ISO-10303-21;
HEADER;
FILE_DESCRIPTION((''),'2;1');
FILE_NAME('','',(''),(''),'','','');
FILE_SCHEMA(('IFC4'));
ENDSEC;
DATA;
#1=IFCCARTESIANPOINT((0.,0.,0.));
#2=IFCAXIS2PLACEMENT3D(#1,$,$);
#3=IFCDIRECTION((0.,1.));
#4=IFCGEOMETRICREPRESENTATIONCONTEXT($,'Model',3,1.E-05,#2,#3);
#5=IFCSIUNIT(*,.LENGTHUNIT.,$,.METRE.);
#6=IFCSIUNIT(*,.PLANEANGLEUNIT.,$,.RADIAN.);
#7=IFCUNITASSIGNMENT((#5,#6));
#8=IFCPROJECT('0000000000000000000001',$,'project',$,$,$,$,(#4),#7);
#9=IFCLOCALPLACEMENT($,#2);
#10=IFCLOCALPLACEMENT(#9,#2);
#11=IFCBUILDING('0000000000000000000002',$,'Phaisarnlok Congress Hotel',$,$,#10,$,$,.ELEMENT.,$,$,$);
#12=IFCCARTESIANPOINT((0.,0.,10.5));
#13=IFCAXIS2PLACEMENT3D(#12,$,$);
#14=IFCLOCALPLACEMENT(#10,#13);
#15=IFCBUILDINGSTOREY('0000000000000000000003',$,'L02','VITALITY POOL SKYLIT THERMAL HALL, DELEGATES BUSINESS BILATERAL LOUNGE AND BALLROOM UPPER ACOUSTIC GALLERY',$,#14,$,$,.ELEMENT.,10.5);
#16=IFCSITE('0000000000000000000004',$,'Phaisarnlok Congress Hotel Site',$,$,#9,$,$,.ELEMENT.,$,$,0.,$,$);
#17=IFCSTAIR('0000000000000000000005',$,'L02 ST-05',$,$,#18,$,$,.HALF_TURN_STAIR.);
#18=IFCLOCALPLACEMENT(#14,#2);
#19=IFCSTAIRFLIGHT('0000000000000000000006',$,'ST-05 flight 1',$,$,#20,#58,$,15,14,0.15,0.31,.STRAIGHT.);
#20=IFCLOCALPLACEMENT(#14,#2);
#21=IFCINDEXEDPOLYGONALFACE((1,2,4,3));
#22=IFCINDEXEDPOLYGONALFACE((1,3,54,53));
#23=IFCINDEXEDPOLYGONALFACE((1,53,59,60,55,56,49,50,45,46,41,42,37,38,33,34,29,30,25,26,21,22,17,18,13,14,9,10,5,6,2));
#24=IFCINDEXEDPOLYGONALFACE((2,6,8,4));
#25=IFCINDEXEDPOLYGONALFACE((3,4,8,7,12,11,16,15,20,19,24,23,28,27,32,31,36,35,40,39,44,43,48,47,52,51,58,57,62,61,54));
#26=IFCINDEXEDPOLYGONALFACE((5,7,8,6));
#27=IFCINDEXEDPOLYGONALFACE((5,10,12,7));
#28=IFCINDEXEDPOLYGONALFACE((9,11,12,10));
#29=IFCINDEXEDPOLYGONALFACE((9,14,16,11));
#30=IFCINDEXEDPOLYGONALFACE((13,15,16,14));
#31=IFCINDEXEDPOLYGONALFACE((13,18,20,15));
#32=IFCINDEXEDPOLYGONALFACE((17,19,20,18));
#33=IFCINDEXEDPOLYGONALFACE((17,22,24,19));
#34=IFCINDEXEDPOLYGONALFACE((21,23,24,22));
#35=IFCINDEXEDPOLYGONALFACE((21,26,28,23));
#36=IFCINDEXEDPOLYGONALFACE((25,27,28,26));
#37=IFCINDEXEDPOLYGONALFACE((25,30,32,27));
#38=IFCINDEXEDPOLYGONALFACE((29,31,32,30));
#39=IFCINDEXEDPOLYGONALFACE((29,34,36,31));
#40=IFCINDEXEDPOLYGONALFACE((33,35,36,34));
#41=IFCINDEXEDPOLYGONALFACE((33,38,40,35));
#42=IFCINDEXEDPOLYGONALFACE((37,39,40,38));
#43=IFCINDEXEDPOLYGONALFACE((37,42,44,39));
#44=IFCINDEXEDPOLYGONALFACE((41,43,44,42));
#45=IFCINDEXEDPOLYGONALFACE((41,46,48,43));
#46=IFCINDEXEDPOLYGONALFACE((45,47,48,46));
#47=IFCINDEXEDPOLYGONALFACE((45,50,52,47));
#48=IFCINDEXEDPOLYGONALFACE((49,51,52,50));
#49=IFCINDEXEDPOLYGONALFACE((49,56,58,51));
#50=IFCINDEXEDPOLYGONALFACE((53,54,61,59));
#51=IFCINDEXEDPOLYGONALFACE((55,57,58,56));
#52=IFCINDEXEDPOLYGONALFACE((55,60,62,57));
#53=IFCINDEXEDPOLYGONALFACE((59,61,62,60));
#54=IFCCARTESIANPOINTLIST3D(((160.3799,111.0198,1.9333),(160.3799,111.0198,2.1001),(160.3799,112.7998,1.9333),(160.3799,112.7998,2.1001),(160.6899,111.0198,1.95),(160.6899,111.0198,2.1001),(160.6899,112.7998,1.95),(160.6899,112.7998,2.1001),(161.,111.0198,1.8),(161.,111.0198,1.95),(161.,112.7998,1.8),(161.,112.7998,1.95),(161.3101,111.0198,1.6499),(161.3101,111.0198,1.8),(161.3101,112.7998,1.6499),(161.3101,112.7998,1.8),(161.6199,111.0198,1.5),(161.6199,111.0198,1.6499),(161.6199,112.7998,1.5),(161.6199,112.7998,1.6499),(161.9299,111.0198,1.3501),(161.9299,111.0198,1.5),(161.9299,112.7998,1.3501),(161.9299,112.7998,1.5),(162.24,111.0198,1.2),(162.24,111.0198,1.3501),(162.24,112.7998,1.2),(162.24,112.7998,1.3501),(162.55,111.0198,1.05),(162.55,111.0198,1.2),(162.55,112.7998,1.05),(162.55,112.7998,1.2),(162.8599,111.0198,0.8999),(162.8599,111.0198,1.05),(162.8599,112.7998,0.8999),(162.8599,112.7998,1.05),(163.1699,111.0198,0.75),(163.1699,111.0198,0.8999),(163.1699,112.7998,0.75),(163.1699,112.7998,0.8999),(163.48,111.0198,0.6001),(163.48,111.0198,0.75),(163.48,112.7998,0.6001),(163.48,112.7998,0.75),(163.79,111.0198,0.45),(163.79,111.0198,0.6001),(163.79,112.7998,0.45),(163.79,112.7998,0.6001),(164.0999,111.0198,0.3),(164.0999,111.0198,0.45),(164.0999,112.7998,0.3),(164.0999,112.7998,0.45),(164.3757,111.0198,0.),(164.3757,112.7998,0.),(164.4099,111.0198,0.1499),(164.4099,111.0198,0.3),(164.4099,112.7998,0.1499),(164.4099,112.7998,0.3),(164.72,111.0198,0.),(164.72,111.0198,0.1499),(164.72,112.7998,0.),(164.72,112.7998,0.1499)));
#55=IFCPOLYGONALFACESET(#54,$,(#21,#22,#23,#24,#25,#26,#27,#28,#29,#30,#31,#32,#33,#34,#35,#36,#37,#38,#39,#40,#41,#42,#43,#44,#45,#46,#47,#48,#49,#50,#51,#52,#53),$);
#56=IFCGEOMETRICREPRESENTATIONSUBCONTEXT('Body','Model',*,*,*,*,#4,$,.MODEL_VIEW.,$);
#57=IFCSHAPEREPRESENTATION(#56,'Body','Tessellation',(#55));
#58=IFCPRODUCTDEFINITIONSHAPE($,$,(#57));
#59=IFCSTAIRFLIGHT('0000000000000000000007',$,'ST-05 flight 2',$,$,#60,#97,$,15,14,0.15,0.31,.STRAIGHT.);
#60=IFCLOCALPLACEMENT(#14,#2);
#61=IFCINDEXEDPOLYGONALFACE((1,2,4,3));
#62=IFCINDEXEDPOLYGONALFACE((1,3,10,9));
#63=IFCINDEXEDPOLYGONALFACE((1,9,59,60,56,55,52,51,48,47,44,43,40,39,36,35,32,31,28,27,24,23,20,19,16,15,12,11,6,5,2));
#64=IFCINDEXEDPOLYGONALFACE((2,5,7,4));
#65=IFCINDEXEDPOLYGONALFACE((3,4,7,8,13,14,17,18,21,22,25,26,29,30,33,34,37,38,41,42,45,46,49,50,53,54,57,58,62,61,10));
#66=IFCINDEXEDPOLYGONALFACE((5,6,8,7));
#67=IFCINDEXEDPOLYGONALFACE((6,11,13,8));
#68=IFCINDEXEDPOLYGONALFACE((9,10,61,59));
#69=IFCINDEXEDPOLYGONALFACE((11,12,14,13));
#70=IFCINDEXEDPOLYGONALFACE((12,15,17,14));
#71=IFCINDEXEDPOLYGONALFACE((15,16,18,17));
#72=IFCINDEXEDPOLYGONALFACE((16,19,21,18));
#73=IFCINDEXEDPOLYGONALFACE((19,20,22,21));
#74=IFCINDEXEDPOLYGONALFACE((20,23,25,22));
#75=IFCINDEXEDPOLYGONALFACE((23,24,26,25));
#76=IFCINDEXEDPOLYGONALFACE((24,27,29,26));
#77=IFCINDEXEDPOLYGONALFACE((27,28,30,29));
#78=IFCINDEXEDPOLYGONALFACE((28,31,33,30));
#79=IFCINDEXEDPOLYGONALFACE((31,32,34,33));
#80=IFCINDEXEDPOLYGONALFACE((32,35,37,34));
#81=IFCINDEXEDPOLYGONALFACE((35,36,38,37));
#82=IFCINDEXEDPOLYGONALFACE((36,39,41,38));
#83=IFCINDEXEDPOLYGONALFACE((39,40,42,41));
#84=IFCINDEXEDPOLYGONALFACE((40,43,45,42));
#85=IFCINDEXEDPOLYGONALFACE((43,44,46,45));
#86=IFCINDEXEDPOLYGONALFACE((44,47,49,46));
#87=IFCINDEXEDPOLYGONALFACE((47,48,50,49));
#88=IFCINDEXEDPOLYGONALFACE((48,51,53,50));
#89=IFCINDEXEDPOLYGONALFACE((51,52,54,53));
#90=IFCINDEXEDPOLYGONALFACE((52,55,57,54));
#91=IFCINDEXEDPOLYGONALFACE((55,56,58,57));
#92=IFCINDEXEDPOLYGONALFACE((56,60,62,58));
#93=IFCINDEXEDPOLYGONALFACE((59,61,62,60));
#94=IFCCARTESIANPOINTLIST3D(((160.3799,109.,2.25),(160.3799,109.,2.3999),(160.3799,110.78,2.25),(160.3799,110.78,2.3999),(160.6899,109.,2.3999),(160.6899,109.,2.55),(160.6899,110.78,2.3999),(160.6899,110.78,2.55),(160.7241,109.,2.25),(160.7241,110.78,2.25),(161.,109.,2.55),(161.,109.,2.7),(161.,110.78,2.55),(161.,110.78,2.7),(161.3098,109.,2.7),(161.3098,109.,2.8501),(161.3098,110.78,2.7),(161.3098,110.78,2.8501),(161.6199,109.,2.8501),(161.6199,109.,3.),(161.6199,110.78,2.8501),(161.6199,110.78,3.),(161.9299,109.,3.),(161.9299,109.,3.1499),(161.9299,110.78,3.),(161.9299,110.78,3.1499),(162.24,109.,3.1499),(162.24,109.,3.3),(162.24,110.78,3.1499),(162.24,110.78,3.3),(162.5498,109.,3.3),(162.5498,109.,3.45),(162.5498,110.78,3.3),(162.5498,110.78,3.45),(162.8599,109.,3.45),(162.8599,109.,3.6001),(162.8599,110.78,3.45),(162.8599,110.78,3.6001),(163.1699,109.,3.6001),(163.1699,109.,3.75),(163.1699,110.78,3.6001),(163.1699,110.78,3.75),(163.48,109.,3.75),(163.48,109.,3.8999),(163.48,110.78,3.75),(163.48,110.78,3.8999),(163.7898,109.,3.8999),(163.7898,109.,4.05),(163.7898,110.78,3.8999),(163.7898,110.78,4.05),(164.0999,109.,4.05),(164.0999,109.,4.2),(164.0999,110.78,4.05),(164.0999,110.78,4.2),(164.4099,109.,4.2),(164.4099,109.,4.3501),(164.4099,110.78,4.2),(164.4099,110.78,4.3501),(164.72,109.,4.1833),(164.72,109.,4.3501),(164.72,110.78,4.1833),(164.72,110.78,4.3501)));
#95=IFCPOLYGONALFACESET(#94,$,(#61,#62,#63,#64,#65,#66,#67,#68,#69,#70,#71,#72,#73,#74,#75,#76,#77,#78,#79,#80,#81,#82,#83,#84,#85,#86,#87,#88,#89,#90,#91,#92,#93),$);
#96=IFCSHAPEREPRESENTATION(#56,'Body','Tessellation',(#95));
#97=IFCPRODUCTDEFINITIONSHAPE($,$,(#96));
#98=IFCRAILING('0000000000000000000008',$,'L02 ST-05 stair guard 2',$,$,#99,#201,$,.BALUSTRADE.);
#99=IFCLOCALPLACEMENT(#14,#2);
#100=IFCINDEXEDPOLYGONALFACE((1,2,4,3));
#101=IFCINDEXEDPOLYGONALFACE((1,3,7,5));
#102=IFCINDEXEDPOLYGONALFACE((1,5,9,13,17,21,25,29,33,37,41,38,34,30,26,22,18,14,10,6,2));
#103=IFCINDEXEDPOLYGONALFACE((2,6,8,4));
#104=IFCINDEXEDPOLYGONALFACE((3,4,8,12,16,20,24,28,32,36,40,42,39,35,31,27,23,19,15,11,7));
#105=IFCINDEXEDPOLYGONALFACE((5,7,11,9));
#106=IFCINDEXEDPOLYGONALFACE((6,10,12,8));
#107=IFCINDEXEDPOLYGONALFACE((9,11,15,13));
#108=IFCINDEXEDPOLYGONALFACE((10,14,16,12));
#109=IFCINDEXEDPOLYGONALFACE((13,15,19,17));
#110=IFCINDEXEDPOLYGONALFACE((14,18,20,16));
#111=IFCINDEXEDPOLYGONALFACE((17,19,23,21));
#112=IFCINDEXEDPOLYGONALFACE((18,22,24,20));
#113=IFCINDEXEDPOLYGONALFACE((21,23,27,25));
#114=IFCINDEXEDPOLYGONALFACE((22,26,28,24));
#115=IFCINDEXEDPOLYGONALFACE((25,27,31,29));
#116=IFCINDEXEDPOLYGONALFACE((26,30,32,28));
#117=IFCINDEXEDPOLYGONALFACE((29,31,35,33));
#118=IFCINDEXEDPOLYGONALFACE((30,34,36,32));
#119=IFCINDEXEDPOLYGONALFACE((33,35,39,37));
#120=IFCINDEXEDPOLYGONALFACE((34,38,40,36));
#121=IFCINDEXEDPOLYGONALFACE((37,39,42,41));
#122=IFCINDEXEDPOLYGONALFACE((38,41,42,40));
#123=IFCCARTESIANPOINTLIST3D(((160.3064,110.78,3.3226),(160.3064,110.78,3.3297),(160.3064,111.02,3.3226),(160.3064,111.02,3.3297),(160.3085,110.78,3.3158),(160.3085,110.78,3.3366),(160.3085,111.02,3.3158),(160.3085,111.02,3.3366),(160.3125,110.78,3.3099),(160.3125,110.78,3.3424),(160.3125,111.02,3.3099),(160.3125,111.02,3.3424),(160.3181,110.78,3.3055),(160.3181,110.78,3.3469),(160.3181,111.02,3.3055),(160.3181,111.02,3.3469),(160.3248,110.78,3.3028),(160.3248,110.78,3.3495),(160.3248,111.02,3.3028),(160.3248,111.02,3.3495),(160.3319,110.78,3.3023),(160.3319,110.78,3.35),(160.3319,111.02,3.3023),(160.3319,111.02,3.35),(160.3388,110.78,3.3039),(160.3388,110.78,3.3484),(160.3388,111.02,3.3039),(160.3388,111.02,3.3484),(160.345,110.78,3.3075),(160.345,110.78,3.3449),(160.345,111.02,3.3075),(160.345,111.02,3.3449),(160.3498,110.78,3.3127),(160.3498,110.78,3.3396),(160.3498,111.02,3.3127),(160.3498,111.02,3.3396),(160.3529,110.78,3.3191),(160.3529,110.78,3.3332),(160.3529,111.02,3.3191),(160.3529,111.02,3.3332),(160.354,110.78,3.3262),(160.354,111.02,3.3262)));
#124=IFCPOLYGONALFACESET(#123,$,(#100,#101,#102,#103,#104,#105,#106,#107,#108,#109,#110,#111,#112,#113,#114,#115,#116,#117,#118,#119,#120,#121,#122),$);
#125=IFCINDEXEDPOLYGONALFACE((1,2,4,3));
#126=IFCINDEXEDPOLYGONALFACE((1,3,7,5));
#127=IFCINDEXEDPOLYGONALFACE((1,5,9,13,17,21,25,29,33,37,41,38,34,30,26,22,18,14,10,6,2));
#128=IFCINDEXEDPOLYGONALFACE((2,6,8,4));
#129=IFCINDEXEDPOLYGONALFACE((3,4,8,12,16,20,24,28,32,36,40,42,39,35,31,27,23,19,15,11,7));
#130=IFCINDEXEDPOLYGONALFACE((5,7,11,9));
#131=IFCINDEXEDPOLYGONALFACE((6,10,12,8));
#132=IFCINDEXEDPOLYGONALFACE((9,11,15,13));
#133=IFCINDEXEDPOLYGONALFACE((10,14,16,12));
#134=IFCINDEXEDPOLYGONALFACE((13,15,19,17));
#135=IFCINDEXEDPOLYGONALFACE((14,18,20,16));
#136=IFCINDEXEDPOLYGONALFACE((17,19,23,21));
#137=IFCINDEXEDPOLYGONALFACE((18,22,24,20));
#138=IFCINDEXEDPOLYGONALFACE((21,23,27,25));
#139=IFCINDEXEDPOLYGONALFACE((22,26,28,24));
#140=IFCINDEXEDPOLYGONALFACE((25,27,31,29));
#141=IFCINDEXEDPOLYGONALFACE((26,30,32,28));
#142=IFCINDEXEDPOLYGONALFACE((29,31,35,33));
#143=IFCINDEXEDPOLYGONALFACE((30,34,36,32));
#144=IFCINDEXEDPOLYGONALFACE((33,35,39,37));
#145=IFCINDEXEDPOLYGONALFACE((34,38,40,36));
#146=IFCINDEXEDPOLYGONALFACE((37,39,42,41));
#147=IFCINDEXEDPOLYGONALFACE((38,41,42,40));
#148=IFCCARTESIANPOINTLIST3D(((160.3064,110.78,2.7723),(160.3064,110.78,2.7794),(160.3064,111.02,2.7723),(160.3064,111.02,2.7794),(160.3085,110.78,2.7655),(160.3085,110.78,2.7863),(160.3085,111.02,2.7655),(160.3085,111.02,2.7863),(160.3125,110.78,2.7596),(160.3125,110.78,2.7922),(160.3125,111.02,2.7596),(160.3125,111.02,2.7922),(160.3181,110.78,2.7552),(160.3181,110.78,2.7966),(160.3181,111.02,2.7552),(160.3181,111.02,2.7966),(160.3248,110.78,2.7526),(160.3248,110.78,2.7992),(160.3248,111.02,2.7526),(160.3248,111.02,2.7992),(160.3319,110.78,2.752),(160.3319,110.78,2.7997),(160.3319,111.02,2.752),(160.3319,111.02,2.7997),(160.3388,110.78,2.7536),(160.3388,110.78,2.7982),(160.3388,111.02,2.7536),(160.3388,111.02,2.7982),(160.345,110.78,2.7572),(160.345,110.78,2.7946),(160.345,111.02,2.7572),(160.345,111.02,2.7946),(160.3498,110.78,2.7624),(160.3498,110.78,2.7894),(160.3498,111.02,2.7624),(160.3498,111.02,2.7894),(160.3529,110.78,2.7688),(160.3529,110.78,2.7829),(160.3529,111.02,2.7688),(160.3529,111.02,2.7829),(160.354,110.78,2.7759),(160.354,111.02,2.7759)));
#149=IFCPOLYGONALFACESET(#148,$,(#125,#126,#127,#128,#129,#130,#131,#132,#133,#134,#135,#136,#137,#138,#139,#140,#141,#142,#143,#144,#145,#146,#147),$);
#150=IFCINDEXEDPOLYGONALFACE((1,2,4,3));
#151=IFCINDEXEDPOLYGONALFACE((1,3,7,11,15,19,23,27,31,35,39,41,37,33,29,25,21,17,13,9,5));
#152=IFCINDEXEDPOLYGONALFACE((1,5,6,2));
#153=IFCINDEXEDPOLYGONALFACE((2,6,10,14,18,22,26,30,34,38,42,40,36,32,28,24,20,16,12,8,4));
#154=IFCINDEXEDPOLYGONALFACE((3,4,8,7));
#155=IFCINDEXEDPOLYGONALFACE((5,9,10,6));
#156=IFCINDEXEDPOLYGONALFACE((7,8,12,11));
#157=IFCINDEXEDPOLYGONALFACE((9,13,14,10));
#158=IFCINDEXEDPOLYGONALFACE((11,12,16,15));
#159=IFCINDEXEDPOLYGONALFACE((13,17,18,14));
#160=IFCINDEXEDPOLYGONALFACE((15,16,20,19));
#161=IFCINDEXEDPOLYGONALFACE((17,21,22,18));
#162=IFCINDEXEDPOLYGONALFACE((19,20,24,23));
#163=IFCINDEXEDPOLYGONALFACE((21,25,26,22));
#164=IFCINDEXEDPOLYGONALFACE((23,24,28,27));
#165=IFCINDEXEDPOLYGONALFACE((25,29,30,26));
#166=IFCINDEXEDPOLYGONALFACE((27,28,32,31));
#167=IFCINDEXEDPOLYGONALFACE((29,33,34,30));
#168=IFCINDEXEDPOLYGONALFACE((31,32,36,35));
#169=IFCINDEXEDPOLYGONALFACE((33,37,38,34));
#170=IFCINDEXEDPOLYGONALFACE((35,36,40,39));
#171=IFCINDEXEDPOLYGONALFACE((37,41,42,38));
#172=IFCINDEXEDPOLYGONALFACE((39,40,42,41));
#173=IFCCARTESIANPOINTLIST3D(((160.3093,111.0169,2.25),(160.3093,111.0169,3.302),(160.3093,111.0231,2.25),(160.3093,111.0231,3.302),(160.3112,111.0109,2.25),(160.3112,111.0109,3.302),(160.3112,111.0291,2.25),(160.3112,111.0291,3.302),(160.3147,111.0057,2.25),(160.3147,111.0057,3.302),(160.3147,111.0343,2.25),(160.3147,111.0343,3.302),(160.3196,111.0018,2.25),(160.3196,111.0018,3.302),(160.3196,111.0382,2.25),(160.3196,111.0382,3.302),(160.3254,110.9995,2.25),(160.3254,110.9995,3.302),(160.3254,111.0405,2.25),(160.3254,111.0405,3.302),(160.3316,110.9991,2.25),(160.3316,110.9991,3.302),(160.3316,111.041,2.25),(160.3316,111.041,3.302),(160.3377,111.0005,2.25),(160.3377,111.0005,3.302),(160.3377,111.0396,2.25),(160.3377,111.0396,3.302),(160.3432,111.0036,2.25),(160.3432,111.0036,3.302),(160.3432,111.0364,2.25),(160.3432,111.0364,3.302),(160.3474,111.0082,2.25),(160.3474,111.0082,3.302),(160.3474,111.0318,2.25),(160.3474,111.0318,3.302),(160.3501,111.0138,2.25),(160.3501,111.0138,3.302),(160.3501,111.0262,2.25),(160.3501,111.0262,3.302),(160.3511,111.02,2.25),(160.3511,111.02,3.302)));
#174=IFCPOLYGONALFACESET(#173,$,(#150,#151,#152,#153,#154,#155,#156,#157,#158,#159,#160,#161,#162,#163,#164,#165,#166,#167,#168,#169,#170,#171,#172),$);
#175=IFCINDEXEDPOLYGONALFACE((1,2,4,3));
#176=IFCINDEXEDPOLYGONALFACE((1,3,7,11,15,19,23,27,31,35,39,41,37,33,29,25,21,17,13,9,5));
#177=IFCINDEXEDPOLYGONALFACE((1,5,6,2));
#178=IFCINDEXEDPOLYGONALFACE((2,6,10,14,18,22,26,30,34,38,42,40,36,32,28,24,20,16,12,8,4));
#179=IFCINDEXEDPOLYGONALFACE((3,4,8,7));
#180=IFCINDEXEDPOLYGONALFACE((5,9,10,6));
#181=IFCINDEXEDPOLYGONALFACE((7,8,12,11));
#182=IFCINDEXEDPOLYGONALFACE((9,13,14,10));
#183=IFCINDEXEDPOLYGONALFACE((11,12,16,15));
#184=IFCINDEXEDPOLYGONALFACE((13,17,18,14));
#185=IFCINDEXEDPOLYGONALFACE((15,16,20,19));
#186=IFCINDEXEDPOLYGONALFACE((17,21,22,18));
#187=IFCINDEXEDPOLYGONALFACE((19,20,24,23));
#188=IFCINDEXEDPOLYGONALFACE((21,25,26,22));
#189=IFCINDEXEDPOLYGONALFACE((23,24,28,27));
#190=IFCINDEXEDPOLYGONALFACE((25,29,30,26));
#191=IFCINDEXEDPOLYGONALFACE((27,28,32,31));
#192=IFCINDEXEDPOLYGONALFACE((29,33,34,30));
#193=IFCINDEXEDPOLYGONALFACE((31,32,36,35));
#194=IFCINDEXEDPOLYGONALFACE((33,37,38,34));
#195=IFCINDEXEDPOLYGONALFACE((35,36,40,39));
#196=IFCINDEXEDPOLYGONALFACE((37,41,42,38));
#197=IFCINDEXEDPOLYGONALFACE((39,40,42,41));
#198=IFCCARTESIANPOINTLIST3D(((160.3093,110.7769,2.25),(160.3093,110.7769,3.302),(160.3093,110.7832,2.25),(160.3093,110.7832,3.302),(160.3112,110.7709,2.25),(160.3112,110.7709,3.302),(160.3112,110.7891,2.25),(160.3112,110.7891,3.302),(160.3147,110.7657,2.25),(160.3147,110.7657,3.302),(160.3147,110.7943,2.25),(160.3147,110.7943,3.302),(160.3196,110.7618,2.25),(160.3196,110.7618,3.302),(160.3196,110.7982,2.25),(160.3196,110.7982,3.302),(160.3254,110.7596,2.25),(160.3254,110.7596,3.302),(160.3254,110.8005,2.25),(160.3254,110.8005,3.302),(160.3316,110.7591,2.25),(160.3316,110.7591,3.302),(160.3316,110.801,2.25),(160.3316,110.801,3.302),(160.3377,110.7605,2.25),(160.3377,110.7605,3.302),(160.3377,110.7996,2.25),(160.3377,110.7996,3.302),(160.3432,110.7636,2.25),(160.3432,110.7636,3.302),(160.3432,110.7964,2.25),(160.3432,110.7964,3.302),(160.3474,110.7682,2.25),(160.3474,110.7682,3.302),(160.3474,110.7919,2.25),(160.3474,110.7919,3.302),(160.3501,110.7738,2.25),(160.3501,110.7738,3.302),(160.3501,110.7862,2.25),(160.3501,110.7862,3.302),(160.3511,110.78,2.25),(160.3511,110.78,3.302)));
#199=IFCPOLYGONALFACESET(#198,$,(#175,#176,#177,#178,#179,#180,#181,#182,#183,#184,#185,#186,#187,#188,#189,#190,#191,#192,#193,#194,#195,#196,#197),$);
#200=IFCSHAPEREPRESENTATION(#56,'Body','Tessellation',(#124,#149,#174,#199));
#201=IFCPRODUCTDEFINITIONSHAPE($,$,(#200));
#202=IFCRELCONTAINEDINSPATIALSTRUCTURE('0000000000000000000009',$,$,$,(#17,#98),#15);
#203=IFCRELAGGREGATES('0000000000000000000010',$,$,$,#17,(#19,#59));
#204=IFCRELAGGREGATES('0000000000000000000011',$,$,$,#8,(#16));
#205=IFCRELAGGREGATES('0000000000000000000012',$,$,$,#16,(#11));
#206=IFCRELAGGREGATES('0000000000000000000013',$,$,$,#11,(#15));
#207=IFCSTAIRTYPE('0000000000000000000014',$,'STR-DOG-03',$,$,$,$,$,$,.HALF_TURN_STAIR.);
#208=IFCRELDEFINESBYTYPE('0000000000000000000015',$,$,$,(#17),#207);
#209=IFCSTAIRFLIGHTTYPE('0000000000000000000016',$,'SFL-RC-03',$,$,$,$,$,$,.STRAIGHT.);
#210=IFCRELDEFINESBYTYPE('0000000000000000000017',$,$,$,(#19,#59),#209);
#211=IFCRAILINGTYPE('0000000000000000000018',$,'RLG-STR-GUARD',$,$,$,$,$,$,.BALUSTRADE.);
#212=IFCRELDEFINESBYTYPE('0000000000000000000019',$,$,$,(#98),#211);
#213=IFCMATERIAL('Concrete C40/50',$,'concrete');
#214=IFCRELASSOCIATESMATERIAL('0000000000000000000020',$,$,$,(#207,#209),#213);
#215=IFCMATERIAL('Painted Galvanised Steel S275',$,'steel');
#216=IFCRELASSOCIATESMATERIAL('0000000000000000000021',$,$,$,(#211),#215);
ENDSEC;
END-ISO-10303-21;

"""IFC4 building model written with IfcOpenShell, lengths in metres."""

from ifc_helpers import new_model, si_unit, direction, frame, origin, origin_2d, place, context, subcontext, project, spatial, polyline, circle, outline, extrude, material, type_object, element, aggregate, save


model = new_model("IFC4")

# Units and contexts
model_context = context("Model", 3, precision=1e-05, world=origin(), true_north=direction((0.0, 1.0)))
body_context = subcontext(model_context, "Body", "Model", "MODEL_VIEW")
ifc_project = project(units=[si_unit("LENGTHUNIT", "METRE"), si_unit("PLANEANGLEUNIT", "RADIAN")], contexts=[model_context])

# Site, building, storey
site_placement = place(None, origin())
site = spatial("IfcSite", under=ifc_project, at=site_placement, Name="Phaisarnlok Congress Hotel Site", CompositionType="ELEMENT", RefElevation=0.0)
building_placement = place(site_placement, origin())
building = spatial("IfcBuilding", under=site, at=building_placement, Name="Phaisarnlok Congress Hotel", CompositionType="ELEMENT")
storey_placement = place(building_placement, frame((0.0, 0.0, 10.5)))
storey = spatial("IfcBuildingStorey", under=building, at=storey_placement, Name="L02", Description="VITALITY POOL SKYLIT THERMAL HALL, DELEGATES BUSINESS BILATERAL LOUNGE AND BALLROOM UPPER ACOUSTIC GALLERY", CompositionType="ELEMENT", Elevation=10.5)

# Shared definitions
ifc_material_1 = material(Name="Concrete C40/50", Category="concrete")

# Stair, stair flights
stair_type = type_object("IfcStairType", Name="STR-DOG-03", PredefinedType="HALF_TURN_STAIR", material=ifc_material_1)
stair_placement = place(storey_placement, origin())
stair = element("IfcStair", 1, at=stair_placement, inside=storey, type_object=stair_type, Name="L02 ST-05", PredefinedType="HALF_TURN_STAIR")
stair_flight_type = type_object("IfcStairFlightType", Name="SFL-RC-03", PredefinedType="STRAIGHT", material=ifc_material_1)
stair_flight_1_placement = place(storey_placement, frame((164.72, 111.9099, 0.0), z_axis=(0.0, 0.0, 1.0), x_axis=(-1.0, 0.0, 0.0)))
stair_flight_1 = element("IfcStairFlight", 2, at=stair_flight_1_placement, type_object=stair_flight_type, Name="ST-05 flight 1", NumberOfRisers=15, NumberOfTreads=14, PredefinedType="STRAIGHT", RiserHeight=0.15, TreadLength=0.31, context=body_context, shape_type="SweptSolid", body=[
    extrude(outline(polyline([(0.0, 0.0), (0.0, 0.1499), (0.3101, 0.1499), (0.3101, 0.3), (0.6201, 0.3), (0.6201, 0.45), (0.9299, 0.45), (0.9299, 0.6001), (1.24, 0.6001), (1.24, 0.75), (1.55, 0.75), (1.55, 0.8999), (1.8601, 0.8999), (1.8601, 1.05), (2.1699, 1.05), (2.1699, 1.2), (2.48, 1.2), (2.48, 1.3501), (2.79, 1.3501), (2.79, 1.5), (3.1001, 1.5), (3.1001, 1.6499), (3.4099, 1.6499), (3.4099, 1.8), (3.72, 1.8), (3.72, 1.95), (4.03, 1.95), (4.03, 2.1001), (4.3401, 2.1001), (4.3401, 2.25), (4.3401, 1.9333), (0.3442, 0.0), (0.0, 0.0)])), frame((0.0, 0.8901, 0.0), z_axis=(0.0, -1.0, 0.0), x_axis=(1.0, 0.0, 0.0)), (0.0, 0.0, 1.0), 1.78),
])
stair_flight_2_placement = place(storey_placement, frame((160.3799, 109.8899, 2.25), z_axis=(0.0, 0.0, 1.0), x_axis=(1.0, 0.0, 0.0)))
stair_flight_2 = element("IfcStairFlight", 3, at=stair_flight_2_placement, type_object=stair_flight_type, Name="ST-05 flight 2", NumberOfRisers=15, NumberOfTreads=14, PredefinedType="STRAIGHT", RiserHeight=0.15, TreadLength=0.31, context=body_context, shape_type="SweptSolid", body=[
    extrude(outline(polyline([(0.0, 0.0), (0.0, 0.1499), (0.3101, 0.1499), (0.3101, 0.3), (0.6201, 0.3), (0.6201, 0.45), (0.9299, 0.45), (0.9299, 0.6001), (1.24, 0.6001), (1.24, 0.75), (1.55, 0.75), (1.55, 0.8999), (1.8601, 0.8999), (1.8601, 1.05), (2.1699, 1.05), (2.1699, 1.2), (2.48, 1.2), (2.48, 1.3501), (2.79, 1.3501), (2.79, 1.5), (3.1001, 1.5), (3.1001, 1.6499), (3.4099, 1.6499), (3.4099, 1.8), (3.72, 1.8), (3.72, 1.95), (4.03, 1.95), (4.03, 2.1001), (4.3401, 2.1001), (4.3401, 2.25), (4.3401, 1.9333), (0.3442, 0.0), (0.0, 0.0)])), frame((0.0, 0.8901, 0.0), z_axis=(0.0, -1.0, 0.0), x_axis=(1.0, 0.0, 0.0)), (0.0, 0.0, 1.0), 1.78),
])
aggregate(stair, [stair_flight_1, stair_flight_2])

# Railing
ifc_material_2 = material(Name="Painted Galvanised Steel S275", Category="steel")
railing_type_1 = type_object("IfcRailingType", Name="RLG-STR-GUARD", PredefinedType="BALUSTRADE", material=ifc_material_2)
railing_1_placement = place(storey_placement, frame((160.3301, 111.02, 2.25)))
element("IfcRailing", 4, at=railing_1_placement, inside=storey, type_object=railing_type_1, Name="L02 ST-05 stair guard 2", PredefinedType="BALUSTRADE", context=body_context, shape_type="SweptSolid", body=[
    extrude(circle(Radius=0.0239, at=origin_2d()), frame((0.0, 0.0, 1.0762), z_axis=(0.0, -1.0, 0.0), x_axis=(1.0, 0.0, 0.0)), (0.0, 0.0, 1.0), 0.24),
    extrude(circle(Radius=0.0239, at=origin_2d()), frame((0.0, 0.0, 0.5259), z_axis=(0.0, -1.0, 0.0), x_axis=(1.0, 0.0, 0.0)), (0.0, 0.0, 1.0), 0.24),
    extrude(circle(Radius=0.021, at=origin_2d()), origin(), (0.0, 0.0, 1.0), 1.052),
    extrude(circle(Radius=0.021, at=origin_2d()), frame((0.0, -0.24, 0.0)), (0.0, 0.0, 1.0), 1.052),
])

save(model, "model.ifc")
